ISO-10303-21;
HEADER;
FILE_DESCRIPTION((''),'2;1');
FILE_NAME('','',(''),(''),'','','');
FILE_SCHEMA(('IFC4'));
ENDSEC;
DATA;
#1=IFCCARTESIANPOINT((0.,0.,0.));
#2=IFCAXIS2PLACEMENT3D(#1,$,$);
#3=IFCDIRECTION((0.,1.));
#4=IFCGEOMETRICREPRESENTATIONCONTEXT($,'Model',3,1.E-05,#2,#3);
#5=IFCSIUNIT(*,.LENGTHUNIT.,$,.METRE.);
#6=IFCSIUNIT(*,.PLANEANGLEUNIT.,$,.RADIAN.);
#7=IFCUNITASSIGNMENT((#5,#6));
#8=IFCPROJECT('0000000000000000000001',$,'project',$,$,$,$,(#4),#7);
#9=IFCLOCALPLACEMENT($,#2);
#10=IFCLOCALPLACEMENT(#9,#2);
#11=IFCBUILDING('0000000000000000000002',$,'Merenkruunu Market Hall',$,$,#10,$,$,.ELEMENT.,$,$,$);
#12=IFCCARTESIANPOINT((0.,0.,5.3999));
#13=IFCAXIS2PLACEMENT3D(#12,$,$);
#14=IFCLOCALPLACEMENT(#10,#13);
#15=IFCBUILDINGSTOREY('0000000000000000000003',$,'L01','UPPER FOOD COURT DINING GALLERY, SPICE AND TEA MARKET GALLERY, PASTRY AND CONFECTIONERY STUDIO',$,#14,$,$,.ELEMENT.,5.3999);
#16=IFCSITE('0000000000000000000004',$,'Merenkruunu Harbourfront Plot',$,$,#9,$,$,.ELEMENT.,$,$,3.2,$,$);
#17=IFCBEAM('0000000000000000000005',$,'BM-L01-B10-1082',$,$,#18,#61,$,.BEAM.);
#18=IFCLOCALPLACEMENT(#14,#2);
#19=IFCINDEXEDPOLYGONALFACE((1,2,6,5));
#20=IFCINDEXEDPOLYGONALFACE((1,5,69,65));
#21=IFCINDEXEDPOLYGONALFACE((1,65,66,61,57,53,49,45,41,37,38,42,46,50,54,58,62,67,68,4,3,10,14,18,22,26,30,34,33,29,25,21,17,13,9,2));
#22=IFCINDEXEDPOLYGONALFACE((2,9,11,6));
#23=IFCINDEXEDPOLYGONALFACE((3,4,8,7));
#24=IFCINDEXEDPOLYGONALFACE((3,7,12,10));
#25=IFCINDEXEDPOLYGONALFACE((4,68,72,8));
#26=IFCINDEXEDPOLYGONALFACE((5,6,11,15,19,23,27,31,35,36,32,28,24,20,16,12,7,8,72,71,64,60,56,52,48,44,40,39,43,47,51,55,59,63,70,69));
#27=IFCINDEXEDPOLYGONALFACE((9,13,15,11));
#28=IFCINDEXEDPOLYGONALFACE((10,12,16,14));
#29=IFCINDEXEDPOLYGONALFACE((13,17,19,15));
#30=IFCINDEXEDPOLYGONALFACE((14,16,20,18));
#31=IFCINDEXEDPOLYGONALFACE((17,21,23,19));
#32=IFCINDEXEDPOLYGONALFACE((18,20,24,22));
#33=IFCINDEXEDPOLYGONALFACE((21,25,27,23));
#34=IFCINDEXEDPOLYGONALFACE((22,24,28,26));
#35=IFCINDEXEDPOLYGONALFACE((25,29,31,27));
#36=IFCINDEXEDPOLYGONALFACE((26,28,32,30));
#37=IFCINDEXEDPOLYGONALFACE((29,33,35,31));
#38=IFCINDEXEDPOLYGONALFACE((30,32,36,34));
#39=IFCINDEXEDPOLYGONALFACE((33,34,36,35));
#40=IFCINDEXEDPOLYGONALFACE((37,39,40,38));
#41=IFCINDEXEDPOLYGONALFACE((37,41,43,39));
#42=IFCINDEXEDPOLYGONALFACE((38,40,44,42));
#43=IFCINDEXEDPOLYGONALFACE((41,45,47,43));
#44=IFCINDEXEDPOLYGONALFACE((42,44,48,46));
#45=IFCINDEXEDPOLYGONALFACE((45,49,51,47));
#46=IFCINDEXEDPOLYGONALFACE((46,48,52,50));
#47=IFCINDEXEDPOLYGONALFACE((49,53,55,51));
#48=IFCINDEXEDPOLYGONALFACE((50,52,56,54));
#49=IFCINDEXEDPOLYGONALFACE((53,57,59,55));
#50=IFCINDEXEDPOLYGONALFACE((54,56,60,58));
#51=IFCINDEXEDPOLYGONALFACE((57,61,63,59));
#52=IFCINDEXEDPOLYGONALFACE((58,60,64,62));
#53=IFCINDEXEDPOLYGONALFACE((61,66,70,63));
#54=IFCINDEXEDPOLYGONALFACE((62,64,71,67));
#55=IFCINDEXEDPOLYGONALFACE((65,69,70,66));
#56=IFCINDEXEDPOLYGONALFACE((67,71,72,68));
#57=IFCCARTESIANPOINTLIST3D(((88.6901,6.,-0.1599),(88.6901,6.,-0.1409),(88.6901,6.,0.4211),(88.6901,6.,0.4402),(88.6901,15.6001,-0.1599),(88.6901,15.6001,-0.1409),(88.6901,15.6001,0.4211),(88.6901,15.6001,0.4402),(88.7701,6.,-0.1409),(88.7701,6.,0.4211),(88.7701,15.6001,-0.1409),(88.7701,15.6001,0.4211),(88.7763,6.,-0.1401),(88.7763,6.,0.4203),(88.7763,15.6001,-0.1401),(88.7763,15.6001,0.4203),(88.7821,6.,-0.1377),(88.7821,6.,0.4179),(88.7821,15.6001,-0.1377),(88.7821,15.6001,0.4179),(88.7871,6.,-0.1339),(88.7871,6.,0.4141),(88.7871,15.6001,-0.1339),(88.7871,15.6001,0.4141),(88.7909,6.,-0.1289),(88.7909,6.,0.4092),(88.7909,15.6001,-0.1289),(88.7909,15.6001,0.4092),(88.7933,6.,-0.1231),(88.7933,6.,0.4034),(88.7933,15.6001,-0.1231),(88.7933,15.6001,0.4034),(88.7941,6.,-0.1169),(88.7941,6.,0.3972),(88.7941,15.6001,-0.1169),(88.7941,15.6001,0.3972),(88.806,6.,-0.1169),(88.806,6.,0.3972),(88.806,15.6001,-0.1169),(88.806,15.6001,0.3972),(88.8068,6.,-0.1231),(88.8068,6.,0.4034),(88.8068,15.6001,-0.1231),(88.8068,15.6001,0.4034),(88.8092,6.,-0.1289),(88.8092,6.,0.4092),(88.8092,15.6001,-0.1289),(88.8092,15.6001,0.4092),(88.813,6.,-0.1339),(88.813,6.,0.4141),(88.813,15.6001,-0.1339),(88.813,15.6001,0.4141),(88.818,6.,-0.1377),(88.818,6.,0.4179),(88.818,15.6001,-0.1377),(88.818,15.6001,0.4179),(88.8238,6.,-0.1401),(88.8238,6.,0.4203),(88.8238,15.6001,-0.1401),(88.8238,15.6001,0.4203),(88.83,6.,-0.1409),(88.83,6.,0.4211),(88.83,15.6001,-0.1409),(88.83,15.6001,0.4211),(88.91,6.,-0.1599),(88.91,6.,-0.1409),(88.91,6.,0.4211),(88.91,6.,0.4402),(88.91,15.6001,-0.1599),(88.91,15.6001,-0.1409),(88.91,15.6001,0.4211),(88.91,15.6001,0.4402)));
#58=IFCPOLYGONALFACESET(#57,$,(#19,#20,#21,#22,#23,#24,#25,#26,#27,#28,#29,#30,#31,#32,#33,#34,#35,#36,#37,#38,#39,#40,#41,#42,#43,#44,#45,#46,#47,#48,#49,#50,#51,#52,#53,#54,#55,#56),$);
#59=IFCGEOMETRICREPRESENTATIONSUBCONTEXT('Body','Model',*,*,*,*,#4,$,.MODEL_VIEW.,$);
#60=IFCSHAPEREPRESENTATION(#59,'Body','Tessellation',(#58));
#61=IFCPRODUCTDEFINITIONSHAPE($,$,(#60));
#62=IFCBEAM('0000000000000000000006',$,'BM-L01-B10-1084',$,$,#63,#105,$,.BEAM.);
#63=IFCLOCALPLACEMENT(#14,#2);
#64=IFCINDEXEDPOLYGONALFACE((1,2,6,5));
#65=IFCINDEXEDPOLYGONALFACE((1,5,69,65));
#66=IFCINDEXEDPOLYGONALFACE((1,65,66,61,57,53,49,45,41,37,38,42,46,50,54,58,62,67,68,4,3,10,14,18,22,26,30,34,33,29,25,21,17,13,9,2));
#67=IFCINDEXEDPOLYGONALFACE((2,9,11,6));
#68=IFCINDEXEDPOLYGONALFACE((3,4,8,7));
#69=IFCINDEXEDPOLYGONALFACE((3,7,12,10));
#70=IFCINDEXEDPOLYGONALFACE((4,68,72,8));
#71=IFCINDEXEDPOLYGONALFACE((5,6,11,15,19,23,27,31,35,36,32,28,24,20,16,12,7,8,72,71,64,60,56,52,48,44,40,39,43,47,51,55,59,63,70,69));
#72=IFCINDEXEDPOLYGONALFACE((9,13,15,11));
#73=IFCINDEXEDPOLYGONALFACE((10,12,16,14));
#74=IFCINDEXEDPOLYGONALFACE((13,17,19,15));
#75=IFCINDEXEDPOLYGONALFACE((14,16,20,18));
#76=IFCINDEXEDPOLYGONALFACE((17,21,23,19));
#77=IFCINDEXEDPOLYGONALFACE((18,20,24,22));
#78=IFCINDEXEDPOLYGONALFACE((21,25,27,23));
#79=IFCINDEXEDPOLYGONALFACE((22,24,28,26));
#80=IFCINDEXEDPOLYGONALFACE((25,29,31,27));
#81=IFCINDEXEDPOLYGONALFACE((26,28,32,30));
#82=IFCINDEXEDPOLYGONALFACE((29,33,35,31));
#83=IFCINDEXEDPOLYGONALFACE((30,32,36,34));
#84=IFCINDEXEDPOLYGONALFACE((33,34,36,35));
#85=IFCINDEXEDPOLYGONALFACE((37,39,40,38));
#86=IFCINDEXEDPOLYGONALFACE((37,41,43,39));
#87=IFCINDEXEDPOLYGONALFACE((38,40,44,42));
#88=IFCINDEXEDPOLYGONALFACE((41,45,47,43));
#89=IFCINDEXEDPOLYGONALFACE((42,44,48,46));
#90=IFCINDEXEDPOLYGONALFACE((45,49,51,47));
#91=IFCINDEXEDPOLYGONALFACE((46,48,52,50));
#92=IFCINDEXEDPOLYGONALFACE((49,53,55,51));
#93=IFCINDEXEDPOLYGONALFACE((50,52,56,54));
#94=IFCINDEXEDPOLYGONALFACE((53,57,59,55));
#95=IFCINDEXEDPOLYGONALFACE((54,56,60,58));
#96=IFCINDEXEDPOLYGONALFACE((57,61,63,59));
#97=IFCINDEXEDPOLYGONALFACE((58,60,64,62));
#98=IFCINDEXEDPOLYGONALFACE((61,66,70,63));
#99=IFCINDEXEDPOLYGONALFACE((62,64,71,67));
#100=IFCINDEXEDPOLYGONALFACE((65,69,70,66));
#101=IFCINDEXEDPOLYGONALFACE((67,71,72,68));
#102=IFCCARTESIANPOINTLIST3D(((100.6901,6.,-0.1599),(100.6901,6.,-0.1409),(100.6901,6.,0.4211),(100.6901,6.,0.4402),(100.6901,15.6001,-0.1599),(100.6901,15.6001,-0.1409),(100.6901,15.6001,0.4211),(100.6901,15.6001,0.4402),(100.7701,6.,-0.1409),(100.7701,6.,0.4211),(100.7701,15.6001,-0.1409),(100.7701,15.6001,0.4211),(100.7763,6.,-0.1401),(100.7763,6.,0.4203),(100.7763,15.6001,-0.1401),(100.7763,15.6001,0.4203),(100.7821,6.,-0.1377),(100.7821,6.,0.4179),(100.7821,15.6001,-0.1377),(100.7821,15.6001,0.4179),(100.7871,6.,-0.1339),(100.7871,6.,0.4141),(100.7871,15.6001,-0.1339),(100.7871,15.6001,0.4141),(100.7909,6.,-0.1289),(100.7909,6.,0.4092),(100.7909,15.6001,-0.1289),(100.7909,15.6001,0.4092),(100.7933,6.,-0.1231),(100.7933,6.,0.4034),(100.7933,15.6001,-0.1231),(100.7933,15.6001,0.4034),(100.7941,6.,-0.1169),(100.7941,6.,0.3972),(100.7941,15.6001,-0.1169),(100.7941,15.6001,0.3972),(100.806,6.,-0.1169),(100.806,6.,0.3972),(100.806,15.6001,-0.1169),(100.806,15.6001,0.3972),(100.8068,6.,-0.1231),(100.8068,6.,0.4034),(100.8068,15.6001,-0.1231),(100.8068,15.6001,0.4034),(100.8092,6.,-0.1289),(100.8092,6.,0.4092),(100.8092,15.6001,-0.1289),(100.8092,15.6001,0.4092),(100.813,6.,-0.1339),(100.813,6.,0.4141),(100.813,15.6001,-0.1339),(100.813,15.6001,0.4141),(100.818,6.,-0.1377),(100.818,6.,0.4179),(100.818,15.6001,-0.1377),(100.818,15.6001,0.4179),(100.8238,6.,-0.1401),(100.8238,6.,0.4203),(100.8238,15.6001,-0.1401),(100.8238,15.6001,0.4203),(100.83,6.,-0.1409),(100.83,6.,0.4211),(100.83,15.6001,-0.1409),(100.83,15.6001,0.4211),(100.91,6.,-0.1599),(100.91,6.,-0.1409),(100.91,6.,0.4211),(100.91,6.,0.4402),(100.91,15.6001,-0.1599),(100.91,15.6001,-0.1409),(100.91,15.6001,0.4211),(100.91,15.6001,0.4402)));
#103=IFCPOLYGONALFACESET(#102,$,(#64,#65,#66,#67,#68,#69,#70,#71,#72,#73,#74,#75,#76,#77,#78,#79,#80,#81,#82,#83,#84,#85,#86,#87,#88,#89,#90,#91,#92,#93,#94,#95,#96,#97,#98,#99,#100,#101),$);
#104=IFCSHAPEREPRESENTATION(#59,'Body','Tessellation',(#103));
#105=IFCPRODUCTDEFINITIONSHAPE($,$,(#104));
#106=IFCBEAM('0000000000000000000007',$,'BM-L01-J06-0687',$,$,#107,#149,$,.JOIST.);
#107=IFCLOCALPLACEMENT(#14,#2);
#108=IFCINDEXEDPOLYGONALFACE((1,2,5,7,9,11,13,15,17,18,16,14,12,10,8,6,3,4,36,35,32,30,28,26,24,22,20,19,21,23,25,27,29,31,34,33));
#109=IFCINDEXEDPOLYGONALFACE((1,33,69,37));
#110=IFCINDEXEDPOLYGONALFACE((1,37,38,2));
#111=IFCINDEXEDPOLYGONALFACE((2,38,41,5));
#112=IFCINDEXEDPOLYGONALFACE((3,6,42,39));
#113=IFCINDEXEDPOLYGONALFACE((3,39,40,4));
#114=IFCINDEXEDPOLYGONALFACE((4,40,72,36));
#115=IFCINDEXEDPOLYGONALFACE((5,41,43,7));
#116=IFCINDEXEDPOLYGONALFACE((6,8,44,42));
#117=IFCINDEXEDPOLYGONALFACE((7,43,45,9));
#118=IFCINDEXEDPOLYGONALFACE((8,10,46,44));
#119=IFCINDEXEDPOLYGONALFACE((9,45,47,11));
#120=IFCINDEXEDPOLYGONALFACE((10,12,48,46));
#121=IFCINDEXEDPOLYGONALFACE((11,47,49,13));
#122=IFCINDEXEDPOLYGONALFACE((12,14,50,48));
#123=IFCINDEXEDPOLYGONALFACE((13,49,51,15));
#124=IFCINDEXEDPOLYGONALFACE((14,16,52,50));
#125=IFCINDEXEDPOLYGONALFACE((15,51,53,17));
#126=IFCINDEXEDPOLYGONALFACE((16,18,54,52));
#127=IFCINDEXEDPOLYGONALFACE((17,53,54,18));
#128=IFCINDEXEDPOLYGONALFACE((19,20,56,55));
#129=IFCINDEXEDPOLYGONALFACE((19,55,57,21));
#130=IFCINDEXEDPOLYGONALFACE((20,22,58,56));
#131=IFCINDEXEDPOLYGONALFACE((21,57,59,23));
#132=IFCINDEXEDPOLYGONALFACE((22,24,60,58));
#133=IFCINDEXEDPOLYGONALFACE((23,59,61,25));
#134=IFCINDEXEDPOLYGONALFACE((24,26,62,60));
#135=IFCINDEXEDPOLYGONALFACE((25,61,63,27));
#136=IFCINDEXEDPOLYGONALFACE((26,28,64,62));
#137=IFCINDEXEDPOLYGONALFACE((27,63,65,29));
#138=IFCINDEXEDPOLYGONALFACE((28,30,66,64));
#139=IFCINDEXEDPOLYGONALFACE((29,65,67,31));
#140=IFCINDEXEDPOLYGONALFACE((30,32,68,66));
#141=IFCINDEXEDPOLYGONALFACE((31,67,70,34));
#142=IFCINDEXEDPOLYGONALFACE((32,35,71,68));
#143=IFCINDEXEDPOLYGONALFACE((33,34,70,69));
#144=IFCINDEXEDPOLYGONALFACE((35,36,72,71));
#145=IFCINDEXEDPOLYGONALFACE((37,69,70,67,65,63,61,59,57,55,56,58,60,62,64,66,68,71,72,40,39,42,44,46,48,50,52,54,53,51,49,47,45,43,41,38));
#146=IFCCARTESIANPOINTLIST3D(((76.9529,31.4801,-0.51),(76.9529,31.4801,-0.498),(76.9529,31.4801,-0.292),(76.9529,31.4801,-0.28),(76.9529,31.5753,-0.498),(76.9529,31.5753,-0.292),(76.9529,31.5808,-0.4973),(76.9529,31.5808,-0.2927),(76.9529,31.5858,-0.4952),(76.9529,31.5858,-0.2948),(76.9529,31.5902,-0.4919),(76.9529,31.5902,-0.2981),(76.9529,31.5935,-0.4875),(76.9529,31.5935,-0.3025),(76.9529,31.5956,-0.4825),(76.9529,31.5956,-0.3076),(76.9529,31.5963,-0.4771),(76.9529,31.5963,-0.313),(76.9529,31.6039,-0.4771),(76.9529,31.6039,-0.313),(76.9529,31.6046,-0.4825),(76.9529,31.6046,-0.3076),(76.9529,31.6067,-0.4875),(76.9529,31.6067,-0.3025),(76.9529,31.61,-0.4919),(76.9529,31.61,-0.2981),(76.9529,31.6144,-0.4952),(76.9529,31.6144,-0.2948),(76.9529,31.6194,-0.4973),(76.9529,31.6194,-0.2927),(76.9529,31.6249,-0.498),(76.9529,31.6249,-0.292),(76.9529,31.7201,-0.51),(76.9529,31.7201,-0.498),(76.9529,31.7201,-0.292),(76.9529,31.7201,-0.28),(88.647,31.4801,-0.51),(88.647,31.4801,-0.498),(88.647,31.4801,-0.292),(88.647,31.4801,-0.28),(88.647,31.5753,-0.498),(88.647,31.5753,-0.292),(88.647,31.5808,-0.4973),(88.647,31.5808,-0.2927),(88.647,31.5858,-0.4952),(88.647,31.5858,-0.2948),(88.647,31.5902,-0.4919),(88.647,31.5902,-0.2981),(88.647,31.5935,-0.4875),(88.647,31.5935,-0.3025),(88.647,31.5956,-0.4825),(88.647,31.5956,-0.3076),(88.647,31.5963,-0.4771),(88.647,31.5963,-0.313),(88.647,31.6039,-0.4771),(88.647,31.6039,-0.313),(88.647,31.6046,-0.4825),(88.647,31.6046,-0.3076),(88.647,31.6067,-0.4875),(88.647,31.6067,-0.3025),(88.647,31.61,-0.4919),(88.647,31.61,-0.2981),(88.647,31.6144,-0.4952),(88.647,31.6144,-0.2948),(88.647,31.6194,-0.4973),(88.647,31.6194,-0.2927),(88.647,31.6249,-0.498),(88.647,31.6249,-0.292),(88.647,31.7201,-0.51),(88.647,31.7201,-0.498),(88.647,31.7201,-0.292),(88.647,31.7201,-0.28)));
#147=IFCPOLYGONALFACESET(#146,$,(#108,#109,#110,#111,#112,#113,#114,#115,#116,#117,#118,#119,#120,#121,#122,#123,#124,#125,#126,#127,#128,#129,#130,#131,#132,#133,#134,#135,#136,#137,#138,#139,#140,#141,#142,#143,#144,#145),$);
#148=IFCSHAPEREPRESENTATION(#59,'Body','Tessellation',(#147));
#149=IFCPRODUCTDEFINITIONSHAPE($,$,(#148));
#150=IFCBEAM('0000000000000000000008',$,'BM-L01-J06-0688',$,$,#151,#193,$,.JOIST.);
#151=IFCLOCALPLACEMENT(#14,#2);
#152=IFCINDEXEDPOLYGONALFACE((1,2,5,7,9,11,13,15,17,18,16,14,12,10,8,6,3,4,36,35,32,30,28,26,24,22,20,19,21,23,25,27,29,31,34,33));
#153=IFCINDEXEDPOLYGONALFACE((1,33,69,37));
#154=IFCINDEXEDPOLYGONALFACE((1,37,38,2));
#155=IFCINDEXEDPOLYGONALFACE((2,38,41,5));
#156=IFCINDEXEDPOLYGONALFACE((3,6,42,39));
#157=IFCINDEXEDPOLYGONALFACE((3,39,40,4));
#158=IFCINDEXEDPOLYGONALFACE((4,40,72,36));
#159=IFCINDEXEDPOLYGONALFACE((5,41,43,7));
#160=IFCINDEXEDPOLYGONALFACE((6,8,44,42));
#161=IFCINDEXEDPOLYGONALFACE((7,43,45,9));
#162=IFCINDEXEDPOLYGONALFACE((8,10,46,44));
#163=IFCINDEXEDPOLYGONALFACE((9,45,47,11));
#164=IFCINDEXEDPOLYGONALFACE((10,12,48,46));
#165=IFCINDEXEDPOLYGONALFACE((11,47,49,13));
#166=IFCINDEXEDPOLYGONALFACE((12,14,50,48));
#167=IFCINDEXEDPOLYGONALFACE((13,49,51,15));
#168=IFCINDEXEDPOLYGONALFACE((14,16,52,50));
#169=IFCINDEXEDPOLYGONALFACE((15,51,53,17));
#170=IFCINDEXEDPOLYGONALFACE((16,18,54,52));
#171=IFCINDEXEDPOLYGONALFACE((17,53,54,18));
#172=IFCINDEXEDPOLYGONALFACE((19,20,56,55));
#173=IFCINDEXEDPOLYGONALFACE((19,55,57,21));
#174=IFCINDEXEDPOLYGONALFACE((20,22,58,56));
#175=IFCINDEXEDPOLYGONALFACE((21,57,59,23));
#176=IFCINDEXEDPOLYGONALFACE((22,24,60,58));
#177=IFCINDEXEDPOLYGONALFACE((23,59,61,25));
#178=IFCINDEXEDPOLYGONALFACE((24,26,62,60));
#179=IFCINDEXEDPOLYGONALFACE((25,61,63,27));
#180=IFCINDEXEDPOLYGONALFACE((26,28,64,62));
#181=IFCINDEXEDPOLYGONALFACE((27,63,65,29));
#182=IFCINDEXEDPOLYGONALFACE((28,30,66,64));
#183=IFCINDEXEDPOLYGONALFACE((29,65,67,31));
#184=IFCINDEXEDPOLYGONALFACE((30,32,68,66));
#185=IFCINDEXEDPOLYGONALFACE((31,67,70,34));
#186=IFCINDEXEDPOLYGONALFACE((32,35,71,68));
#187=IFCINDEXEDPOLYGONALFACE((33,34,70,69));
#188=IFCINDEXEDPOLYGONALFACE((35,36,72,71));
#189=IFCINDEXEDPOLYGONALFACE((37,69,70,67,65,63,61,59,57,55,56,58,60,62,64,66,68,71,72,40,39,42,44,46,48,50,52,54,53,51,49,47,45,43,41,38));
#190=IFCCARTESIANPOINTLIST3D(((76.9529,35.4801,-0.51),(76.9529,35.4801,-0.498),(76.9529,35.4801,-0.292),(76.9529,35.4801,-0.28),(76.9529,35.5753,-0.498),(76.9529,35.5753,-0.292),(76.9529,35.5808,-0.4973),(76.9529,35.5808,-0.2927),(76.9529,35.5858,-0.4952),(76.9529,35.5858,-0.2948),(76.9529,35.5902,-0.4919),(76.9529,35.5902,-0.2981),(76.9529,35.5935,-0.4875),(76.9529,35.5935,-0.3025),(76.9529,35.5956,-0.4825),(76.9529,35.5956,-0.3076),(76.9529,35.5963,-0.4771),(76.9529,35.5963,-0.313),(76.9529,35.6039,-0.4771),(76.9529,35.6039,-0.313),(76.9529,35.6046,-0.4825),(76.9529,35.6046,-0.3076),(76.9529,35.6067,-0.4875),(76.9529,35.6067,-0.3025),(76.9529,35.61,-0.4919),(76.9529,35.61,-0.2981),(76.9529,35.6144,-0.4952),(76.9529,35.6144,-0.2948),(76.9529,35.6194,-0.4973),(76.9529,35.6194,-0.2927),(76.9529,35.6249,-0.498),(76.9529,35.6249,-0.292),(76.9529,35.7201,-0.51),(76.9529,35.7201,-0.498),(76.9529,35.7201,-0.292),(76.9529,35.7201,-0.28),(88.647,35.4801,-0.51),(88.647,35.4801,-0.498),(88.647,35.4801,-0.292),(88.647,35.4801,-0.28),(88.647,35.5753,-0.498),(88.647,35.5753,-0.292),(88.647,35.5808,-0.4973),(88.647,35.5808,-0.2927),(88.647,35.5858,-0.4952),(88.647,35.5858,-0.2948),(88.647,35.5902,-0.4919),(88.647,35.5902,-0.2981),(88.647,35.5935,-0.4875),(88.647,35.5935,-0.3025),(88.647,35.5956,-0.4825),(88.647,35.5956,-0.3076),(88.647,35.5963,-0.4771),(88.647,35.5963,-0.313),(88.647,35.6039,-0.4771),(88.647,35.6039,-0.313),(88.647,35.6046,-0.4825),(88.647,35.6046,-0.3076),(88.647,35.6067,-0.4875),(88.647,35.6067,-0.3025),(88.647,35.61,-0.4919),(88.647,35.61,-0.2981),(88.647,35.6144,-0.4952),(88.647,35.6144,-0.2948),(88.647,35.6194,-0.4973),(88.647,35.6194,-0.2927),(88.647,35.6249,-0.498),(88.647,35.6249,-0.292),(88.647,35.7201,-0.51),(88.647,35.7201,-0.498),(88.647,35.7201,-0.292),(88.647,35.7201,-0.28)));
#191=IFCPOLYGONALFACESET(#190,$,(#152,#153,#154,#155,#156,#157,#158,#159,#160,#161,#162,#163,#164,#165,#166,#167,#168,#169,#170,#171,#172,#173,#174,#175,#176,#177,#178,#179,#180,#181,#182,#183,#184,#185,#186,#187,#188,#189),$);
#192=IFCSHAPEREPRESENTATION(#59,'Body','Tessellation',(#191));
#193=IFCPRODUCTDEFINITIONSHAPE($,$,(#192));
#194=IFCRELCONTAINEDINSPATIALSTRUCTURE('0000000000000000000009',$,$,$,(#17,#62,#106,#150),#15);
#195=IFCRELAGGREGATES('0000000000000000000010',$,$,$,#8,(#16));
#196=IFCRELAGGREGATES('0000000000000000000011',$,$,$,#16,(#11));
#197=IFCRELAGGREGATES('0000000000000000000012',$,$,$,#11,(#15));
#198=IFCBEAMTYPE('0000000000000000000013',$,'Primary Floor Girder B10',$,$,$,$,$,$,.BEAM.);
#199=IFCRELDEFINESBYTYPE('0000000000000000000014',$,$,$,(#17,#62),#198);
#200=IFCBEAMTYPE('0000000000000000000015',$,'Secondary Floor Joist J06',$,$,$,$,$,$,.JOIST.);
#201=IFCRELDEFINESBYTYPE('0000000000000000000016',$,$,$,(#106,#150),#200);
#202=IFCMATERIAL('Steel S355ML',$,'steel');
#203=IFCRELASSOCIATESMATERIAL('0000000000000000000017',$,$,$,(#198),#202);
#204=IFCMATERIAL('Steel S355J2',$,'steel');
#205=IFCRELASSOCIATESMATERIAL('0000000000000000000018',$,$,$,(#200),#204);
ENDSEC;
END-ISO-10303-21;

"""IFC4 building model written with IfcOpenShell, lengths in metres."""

from ifc_helpers import new_model, si_unit, direction, frame, origin, origin_2d, place, context, subcontext, project, spatial, i_section, extrude, material, material_profile, profile_set, type_object, element, save


model = new_model("IFC4")

# Units and contexts
model_context = context("Model", 3, precision=1e-05, world=origin(), true_north=direction((0.0, 1.0)))
body_context = subcontext(model_context, "Body", "Model", "MODEL_VIEW")
ifc_project = project(units=[si_unit("LENGTHUNIT", "METRE"), si_unit("PLANEANGLEUNIT", "RADIAN")], contexts=[model_context])

# Site, building, storey
site_placement = place(None, origin())
site = spatial("IfcSite", under=ifc_project, at=site_placement, Name="Merenkruunu Harbourfront Plot", CompositionType="ELEMENT", RefElevation=3.2)
building_placement = place(site_placement, origin())
building = spatial("IfcBuilding", under=site, at=building_placement, Name="Merenkruunu Market Hall", CompositionType="ELEMENT")
storey_placement = place(building_placement, frame((0.0, 0.0, 5.3999)))
storey = spatial("IfcBuildingStorey", under=building, at=storey_placement, Name="L01", Description="UPPER FOOD COURT DINING GALLERY, SPICE AND TEA MARKET GALLERY, PASTRY AND CONFECTIONERY STUDIO", CompositionType="ELEMENT", Elevation=5.3999)

# Shared definitions
ifc_material_1 = material(Name="Steel S355J2", Category="steel")

# Shared definitions
ifc_material_2 = material(Name="Steel S355ML", Category="steel")

# Beams
ifc_material_profile_1 = material_profile(ifc_material_2, i_section(OverallWidth=0.22, OverallDepth=0.6001, WebThickness=0.012, FlangeThickness=0.019, FilletRadius=0.0239, at=origin_2d()), Name="IPE 600")
ifc_profile_set_1 = profile_set([ifc_material_profile_1], Name="Steel S355ML")
beam_type_1 = type_object("IfcBeamType", Name="Primary Floor Girder B10", PredefinedType="BEAM", material=ifc_profile_set_1)
for number, where, z_axis, x_axis, name in (
    (1, (88.8, 15.6001, 0.1401), (0.0, -1.0, 0.0), (1.0, 0.0, 0.0), "BM-L01-B10-1082"),
    (2, (100.8, 15.6001, 0.1401), (0.0, -1.0, 0.0), (1.0, 0.0, 0.0), "BM-L01-B10-1084"),
):
    element("IfcBeam", number, at=place(storey_placement, frame(where, z_axis=z_axis, x_axis=x_axis)), inside=storey, type_object=beam_type_1, Name=name, PredefinedType="BEAM", context=body_context, shape_type="SweptSolid", body=[
        extrude(i_section(OverallWidth=0.22, OverallDepth=0.6001, WebThickness=0.012, FlangeThickness=0.019, FilletRadius=0.0239, at=origin_2d()), origin(), (0.0, 0.0, 1.0), 9.6001),
    ])
ifc_material_profile_2 = material_profile(ifc_material_1, i_section(OverallWidth=0.24, OverallDepth=0.23, WebThickness=0.0076, FlangeThickness=0.012, FilletRadius=0.021, at=origin_2d()), Name="HEA 240")
ifc_profile_set_2 = profile_set([ifc_material_profile_2], Name="Steel S355J2")
beam_type_2 = type_object("IfcBeamType", Name="Secondary Floor Joist J06", PredefinedType="JOIST", material=ifc_profile_set_2)
for number, where, z_axis, x_axis, name in (
    (3, (76.9529, 31.6001, -0.395), (1.0, 0.0, 0.0), (0.0, 1.0, 0.0), "BM-L01-J06-0687"),
    (4, (76.9529, 35.6001, -0.395), (1.0, 0.0, 0.0), (0.0, 1.0, 0.0), "BM-L01-J06-0688"),
):
    element("IfcBeam", number, at=place(storey_placement, frame(where, z_axis=z_axis, x_axis=x_axis)), inside=storey, type_object=beam_type_2, Name=name, PredefinedType="JOIST", context=body_context, shape_type="SweptSolid", body=[
        extrude(i_section(OverallWidth=0.24, OverallDepth=0.23, WebThickness=0.0076, FlangeThickness=0.012, FilletRadius=0.021, at=origin_2d()), origin(), (0.0, 0.0, 1.0), 11.6941),
    ])

save(model, "model.ifc")
